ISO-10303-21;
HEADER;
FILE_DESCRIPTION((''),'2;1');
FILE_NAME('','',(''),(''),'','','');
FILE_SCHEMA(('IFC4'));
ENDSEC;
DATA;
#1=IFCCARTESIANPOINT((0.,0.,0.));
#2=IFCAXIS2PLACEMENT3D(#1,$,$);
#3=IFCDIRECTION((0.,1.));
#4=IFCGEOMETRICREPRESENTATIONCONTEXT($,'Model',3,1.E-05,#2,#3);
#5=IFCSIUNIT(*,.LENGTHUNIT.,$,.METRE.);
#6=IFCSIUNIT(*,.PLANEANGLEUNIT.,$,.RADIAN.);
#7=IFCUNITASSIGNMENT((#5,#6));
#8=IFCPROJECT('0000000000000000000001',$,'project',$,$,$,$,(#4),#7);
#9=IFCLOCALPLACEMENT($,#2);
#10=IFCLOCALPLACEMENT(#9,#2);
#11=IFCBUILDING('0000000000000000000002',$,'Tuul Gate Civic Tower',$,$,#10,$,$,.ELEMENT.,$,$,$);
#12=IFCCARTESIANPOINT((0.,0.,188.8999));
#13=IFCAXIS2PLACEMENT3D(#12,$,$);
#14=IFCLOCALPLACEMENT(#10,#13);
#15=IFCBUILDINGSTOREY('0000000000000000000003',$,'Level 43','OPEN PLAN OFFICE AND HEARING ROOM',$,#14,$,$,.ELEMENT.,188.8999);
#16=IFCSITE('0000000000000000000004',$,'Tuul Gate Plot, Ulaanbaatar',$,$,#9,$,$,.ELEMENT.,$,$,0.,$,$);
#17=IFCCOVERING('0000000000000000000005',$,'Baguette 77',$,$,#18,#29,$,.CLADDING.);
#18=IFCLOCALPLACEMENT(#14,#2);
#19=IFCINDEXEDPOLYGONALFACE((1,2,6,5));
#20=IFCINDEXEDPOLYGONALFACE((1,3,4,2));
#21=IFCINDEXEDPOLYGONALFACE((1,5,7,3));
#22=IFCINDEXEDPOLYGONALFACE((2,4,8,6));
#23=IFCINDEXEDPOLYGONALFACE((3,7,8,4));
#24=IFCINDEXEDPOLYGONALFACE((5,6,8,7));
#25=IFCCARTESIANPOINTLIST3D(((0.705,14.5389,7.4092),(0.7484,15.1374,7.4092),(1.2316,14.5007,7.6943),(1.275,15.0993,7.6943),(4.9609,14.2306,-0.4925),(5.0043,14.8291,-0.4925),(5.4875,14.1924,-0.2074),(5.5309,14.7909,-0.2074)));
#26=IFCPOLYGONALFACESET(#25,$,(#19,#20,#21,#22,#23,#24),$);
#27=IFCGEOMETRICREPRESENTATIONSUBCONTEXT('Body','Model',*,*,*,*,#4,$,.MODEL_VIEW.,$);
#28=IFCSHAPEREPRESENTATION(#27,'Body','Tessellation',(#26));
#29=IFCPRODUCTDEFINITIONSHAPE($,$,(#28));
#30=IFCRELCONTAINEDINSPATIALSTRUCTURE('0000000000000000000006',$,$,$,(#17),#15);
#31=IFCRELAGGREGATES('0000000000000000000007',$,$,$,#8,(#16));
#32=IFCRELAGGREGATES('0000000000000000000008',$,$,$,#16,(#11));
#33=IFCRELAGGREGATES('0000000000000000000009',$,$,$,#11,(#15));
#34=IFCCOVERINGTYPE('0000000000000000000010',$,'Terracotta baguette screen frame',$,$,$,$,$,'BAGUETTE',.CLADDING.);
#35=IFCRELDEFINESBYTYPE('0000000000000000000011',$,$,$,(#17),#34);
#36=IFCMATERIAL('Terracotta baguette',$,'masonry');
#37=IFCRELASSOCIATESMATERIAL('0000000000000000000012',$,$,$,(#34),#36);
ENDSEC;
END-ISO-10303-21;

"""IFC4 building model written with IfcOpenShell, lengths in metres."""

from ifc_helpers import new_model, si_unit, direction, frame, origin, origin_2d, place, context, subcontext, project, spatial, rectangle, extrude, material, material_profile, profile_set, type_object, element, save


model = new_model("IFC4")

# Units and contexts
model_context = context("Model", 3, precision=1e-05, world=origin(), true_north=direction((0.0, 1.0)))
body_context = subcontext(model_context, "Body", "Model", "MODEL_VIEW")
ifc_project = project(units=[si_unit("LENGTHUNIT", "METRE"), si_unit("PLANEANGLEUNIT", "RADIAN")], contexts=[model_context])

# Site, building, storey
site_placement = place(None, origin())
site = spatial("IfcSite", under=ifc_project, at=site_placement, Name="Tuul Gate Plot, Ulaanbaatar", CompositionType="ELEMENT", RefElevation=0.0)
building_placement = place(site_placement, origin())
building = spatial("IfcBuilding", under=site, at=building_placement, Name="Tuul Gate Civic Tower", CompositionType="ELEMENT")
storey_placement = place(building_placement, frame((0.0, 0.0, 188.8999)))
storey = spatial("IfcBuildingStorey", under=building, at=storey_placement, Name="Level 43", Description="OPEN PLAN OFFICE AND HEARING ROOM", CompositionType="ELEMENT", Elevation=188.8999)

# Covering
ifc_material_1 = material(Name="Terracotta baguette", Category="masonry")
ifc_material_profile_1 = material_profile(ifc_material_1, rectangle(XDim=0.6001, YDim=0.6001, at=origin_2d()), Name="Terracotta baguette screen frame")
ifc_profile_set_1 = profile_set([ifc_material_profile_1], Name="Terracotta baguette")
covering_type = type_object("IfcCoveringType", Name="Terracotta baguette screen frame", ElementType="BAGUETTE", PredefinedType="CLADDING", material=ifc_profile_set_1)
covering_1_placement = place(storey_placement, frame((0.99, 14.8191, 7.5518), z_axis=(0.473919, -0.034337, -0.879899), x_axis=(0.072264, 0.997386, 0.0)))
element("IfcCovering", 1, at=covering_1_placement, inside=storey, type_object=covering_type, Name="Baguette 77", PredefinedType="CLADDING", context=body_context, shape_type="SweptSolid", body=[
    extrude(rectangle(XDim=0.6001, YDim=0.6001, at=origin_2d()), origin(), (0.0, 0.0, 1.0), 8.9802),
])

save(model, "model.ifc")
